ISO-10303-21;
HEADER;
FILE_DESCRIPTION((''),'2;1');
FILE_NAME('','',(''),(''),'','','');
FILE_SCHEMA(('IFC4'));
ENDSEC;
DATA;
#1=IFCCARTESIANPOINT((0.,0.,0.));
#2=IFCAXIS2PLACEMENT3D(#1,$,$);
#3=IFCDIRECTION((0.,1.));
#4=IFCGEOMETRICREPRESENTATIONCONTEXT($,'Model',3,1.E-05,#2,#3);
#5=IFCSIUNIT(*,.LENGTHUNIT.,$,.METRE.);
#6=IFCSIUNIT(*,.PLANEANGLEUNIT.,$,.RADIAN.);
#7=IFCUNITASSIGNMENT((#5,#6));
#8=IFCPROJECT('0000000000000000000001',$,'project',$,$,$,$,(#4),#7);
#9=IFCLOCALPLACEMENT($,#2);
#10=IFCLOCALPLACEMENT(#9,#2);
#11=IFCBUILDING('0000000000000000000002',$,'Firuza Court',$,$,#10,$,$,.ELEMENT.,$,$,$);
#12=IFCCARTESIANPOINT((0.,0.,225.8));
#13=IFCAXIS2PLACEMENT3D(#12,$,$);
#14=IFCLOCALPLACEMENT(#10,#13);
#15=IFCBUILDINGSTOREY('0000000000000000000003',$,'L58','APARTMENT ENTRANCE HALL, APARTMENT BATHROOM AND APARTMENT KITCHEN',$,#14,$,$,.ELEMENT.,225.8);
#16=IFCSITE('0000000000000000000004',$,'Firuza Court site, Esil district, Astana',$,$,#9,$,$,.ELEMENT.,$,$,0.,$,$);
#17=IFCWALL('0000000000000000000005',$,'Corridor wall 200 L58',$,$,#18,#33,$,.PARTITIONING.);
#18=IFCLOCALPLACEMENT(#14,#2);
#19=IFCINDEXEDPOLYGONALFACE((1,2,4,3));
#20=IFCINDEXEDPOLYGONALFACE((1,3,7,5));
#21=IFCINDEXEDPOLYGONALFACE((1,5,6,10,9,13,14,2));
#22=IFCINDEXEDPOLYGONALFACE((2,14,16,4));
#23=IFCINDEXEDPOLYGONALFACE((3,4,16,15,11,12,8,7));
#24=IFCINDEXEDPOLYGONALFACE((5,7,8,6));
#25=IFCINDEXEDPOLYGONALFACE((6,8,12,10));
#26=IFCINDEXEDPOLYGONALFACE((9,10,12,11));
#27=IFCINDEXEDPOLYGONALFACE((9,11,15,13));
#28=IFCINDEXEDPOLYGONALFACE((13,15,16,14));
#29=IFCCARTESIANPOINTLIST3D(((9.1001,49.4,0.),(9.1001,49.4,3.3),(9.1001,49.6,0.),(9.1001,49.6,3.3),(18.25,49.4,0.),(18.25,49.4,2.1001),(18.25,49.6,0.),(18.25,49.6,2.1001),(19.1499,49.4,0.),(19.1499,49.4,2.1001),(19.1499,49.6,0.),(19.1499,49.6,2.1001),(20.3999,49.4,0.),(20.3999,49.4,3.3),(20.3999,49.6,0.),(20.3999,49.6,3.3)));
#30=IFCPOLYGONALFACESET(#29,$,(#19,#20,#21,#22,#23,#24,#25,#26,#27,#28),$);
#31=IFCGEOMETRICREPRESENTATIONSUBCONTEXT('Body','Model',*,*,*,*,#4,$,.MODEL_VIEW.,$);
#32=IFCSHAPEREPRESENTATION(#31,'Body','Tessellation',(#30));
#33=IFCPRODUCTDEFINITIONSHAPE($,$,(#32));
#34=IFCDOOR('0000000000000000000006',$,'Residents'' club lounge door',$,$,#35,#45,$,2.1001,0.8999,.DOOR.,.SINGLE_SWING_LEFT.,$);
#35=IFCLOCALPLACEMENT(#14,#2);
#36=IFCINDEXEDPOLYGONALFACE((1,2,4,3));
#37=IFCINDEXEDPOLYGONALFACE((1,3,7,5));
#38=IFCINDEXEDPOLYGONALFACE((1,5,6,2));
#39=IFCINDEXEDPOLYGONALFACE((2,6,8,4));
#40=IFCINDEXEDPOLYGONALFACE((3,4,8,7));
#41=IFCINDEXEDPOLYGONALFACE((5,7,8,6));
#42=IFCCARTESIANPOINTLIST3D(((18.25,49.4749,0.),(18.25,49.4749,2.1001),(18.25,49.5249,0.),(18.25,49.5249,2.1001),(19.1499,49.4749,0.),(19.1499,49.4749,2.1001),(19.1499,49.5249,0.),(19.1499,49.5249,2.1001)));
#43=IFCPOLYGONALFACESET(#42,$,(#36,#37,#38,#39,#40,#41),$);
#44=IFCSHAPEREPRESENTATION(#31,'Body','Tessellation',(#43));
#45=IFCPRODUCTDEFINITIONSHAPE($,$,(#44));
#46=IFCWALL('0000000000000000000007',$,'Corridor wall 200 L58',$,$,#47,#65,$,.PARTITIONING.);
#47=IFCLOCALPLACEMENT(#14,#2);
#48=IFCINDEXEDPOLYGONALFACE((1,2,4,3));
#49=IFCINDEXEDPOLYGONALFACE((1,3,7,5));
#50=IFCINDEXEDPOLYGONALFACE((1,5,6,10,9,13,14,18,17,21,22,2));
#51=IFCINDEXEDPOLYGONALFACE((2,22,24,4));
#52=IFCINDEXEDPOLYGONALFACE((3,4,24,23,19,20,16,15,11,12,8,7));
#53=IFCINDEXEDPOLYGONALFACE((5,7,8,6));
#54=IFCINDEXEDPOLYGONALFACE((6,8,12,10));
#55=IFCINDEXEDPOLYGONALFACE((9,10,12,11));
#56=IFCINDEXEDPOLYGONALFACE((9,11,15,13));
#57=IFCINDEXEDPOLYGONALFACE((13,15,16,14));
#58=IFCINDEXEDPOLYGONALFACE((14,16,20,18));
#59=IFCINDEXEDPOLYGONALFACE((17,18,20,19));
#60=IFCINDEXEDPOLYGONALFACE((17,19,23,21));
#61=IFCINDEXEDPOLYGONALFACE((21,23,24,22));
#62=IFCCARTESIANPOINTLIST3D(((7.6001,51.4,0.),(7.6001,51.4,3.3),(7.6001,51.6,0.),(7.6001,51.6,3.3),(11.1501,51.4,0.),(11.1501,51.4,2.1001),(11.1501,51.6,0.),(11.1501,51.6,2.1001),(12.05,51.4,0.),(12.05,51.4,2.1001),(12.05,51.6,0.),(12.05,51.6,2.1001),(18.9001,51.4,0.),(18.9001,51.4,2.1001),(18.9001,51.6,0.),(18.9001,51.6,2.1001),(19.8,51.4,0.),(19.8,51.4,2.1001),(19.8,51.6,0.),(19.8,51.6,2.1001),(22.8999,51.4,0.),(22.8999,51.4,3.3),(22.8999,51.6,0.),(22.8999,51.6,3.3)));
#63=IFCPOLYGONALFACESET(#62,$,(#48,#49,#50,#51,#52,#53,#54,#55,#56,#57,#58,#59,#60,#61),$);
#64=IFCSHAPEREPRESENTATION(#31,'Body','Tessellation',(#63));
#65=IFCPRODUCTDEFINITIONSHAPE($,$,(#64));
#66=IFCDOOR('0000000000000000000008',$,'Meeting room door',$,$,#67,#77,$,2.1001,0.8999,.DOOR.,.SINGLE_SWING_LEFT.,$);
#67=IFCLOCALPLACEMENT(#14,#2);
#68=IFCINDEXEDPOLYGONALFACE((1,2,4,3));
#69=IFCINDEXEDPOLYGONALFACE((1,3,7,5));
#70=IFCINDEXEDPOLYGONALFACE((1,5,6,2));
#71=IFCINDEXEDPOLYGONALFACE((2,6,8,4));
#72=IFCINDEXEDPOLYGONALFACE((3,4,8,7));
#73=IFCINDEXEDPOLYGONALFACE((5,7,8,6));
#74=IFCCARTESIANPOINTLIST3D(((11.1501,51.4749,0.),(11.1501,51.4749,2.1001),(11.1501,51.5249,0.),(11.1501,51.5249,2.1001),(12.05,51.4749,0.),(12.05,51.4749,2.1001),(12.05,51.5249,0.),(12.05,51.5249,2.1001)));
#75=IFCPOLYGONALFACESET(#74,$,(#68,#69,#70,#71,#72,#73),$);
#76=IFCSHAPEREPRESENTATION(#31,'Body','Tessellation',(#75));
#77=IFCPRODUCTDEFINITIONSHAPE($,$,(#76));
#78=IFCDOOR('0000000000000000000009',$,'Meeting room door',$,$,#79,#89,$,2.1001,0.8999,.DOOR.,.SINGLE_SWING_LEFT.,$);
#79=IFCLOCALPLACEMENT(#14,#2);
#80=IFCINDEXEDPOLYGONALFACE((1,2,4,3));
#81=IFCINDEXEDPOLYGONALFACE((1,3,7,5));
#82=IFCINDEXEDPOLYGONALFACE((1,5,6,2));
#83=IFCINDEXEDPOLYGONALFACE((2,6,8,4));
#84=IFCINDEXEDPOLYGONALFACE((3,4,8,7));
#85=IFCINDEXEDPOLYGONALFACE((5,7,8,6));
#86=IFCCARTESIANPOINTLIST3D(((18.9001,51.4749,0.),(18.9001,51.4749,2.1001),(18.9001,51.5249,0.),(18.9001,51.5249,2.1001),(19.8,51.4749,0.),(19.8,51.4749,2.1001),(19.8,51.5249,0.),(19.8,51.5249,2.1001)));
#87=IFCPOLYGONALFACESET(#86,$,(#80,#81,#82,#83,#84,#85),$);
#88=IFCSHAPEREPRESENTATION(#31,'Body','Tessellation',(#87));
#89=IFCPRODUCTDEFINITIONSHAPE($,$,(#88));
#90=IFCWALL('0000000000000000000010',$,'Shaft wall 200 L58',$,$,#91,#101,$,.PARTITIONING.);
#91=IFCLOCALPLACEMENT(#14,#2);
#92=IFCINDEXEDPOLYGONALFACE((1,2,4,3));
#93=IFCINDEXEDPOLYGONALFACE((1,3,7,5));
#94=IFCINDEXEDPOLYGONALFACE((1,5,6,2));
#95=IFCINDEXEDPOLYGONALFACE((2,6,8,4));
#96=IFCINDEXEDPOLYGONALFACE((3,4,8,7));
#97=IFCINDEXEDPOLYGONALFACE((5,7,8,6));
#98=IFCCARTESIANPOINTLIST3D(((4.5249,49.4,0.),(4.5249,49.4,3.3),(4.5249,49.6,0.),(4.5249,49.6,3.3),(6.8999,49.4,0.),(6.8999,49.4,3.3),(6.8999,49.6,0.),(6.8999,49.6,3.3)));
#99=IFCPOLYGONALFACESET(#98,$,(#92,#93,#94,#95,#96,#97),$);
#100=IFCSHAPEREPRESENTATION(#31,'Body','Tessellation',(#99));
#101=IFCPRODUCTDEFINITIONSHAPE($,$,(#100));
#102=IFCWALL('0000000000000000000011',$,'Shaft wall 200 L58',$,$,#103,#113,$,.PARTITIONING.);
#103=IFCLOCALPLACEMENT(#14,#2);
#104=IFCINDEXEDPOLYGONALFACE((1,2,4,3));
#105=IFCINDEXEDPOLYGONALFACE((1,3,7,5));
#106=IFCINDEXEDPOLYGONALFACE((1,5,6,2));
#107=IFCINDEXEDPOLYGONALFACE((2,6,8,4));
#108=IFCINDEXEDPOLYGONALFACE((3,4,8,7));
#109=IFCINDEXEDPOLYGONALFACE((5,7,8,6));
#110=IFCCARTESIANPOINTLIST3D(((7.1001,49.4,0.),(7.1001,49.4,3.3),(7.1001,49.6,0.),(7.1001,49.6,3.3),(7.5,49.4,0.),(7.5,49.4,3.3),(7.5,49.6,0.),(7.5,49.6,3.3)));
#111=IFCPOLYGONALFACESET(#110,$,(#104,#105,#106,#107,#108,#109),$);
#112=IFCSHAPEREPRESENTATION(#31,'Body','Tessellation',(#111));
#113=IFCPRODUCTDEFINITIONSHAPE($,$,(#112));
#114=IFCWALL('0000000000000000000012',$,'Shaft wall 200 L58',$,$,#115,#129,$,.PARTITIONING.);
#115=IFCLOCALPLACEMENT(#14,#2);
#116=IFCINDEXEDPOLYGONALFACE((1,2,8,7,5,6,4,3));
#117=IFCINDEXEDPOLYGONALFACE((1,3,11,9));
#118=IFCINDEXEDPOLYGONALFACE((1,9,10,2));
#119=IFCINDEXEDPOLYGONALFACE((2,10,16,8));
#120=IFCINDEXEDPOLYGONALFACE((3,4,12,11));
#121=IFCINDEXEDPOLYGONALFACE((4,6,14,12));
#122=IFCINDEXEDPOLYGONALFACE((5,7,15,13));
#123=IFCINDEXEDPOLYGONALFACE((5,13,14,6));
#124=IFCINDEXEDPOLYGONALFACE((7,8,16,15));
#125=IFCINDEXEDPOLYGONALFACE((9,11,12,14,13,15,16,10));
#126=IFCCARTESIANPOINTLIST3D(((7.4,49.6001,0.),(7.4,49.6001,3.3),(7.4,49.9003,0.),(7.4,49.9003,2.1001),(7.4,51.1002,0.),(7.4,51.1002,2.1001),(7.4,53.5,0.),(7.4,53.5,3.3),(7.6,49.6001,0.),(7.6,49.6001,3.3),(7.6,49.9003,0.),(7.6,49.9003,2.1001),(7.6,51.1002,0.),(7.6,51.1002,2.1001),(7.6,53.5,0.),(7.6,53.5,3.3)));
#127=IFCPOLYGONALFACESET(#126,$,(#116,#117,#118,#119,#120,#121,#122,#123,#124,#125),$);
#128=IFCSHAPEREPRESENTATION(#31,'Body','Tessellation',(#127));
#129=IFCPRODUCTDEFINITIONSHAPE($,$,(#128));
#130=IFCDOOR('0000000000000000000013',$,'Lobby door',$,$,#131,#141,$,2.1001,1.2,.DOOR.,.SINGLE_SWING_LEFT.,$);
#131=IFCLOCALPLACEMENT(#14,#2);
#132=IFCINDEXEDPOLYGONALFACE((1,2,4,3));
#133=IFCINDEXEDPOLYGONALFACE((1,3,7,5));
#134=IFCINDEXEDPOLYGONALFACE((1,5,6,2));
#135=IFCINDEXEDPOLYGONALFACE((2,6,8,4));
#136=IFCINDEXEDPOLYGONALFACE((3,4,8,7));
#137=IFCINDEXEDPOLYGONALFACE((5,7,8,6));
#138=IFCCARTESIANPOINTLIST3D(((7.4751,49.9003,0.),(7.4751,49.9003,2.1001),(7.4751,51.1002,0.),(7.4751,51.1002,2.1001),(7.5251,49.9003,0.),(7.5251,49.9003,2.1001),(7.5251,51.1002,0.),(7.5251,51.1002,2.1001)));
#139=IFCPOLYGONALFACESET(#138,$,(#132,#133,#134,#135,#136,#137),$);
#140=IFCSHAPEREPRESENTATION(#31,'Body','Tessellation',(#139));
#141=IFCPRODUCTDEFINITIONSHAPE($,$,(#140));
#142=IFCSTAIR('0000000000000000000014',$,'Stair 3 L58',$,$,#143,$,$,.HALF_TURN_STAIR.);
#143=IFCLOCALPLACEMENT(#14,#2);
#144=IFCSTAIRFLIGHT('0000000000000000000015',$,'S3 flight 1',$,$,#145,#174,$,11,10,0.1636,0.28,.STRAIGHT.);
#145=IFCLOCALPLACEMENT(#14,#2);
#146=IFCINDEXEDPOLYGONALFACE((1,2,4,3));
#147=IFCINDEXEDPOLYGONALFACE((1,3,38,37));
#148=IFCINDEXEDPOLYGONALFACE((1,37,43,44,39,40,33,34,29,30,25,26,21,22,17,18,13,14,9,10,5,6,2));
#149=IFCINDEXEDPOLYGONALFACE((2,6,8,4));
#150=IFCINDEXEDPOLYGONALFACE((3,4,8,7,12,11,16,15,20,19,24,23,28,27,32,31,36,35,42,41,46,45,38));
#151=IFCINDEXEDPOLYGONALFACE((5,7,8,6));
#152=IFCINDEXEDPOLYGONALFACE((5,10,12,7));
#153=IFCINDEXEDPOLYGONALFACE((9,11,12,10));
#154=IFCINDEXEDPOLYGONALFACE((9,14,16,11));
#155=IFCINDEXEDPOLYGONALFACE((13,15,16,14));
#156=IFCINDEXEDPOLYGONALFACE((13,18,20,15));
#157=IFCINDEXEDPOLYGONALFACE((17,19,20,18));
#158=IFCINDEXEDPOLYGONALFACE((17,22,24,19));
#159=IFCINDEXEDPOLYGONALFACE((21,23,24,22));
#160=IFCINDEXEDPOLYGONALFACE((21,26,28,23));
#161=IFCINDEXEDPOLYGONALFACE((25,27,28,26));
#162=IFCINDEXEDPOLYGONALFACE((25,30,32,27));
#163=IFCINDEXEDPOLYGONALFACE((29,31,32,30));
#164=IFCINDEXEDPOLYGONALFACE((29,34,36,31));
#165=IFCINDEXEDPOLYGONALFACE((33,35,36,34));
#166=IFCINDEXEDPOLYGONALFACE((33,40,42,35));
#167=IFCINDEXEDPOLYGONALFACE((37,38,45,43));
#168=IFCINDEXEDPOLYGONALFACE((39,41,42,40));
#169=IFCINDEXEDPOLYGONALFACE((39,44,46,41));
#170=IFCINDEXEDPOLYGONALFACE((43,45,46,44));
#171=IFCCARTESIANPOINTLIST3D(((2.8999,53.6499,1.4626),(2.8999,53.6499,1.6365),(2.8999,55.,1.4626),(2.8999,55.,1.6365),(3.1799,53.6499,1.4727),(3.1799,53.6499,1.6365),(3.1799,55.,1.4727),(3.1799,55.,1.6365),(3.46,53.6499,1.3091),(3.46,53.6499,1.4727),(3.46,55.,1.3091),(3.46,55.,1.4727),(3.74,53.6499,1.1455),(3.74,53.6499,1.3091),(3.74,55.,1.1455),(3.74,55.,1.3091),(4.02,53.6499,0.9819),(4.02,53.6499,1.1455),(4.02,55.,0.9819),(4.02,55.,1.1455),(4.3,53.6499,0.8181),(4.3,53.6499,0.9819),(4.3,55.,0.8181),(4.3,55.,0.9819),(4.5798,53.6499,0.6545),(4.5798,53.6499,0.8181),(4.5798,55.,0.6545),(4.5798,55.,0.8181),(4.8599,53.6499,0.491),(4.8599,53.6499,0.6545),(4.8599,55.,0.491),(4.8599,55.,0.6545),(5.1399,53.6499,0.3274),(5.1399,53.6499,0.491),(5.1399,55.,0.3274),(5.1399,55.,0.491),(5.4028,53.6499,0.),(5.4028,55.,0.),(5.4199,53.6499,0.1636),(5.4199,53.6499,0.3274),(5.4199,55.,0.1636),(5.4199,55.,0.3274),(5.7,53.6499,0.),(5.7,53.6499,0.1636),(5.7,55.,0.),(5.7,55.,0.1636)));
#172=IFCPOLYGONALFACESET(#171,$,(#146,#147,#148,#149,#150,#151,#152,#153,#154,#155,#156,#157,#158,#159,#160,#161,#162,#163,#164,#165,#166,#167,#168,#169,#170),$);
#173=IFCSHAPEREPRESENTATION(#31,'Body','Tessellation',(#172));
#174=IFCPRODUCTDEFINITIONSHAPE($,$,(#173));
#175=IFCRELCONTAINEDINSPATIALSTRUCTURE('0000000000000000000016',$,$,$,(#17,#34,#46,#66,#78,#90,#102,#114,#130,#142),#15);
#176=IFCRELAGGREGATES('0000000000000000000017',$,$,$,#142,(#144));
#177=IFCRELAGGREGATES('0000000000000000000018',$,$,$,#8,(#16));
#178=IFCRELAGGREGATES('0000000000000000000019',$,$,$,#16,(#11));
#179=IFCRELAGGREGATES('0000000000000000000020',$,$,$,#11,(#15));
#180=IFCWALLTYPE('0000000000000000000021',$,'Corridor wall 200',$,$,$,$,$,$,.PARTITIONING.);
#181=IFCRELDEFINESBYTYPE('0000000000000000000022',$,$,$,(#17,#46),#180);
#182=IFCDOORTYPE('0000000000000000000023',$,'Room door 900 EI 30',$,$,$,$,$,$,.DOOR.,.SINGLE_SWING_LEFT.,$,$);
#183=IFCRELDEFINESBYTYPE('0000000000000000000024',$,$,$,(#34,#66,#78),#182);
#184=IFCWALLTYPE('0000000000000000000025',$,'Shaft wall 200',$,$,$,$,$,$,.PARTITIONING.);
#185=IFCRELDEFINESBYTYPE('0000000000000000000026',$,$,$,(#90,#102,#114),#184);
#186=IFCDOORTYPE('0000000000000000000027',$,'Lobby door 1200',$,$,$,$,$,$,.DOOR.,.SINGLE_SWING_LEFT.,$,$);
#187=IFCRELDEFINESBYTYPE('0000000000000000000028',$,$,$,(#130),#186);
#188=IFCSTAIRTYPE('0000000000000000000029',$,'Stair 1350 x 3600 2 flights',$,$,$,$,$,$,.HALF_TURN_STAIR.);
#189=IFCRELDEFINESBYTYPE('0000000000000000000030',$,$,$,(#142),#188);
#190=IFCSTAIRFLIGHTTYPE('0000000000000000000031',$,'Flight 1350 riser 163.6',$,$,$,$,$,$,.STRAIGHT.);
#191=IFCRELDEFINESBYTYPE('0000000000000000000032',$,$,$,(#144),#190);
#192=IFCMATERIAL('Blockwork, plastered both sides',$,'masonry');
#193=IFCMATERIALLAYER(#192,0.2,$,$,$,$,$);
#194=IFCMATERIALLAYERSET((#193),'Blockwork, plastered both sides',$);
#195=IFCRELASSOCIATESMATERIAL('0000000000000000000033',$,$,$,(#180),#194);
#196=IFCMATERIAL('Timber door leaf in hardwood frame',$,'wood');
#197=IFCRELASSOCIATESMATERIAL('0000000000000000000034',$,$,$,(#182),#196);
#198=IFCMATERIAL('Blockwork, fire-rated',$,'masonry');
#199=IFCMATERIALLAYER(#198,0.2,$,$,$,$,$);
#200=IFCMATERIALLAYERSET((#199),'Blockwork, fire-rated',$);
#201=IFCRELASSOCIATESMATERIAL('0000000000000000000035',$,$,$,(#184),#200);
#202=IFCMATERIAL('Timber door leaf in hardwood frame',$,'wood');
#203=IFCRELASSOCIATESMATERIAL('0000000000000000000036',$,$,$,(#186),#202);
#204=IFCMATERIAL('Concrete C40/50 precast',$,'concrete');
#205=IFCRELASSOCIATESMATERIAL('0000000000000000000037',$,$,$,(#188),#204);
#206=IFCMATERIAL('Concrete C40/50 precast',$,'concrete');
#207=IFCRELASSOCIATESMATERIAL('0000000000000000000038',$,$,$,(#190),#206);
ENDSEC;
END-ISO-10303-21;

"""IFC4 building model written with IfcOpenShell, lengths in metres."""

from ifc_helpers import new_model, si_unit, direction, frame, frame_2d, origin, place, context, subcontext, project, spatial, polyline, rectangle, outline, extrude, material, layer, layer_set, type_object, element, fill, aggregate, save


model = new_model("IFC4")

# Units and contexts
model_context = context("Model", 3, precision=1e-05, world=origin(), true_north=direction((0.0, 1.0)))
body_context = subcontext(model_context, "Body", "Model", "MODEL_VIEW")
ifc_project = project(units=[si_unit("LENGTHUNIT", "METRE"), si_unit("PLANEANGLEUNIT", "RADIAN")], contexts=[model_context])

# Site, building, storey
site_placement = place(None, origin())
site = spatial("IfcSite", under=ifc_project, at=site_placement, Name="Firuza Court site, Esil district, Astana", CompositionType="ELEMENT", RefElevation=0.0)
building_placement = place(site_placement, origin())
building = spatial("IfcBuilding", under=site, at=building_placement, Name="Firuza Court", CompositionType="ELEMENT")
storey_placement = place(building_placement, frame((0.0, 0.0, 225.8)))
storey = spatial("IfcBuildingStorey", under=building, at=storey_placement, Name="L58", Description="APARTMENT ENTRANCE HALL, APARTMENT BATHROOM AND APARTMENT KITCHEN", CompositionType="ELEMENT", Elevation=225.8)

# Wall, opening, door
ifc_material_1 = material(Name="Blockwork, plastered both sides", Category="masonry")
ifc_layer_1 = layer(ifc_material_1, 0.2)
ifc_layer_set_1 = layer_set([ifc_layer_1], Name="Blockwork, plastered both sides")
wall_type_1 = type_object("IfcWallType", Name="Corridor wall 200", PredefinedType="PARTITIONING", material=ifc_layer_set_1)
wall_1_placement = place(storey_placement, frame((9.1001, 49.5, 0.0), z_axis=(0.0, 0.0, 1.0), x_axis=(1.0, 0.0, 0.0)))
wall_1 = element("IfcWall", 1, at=wall_1_placement, inside=storey, type_object=wall_type_1, Name="Corridor wall 200 L58", PredefinedType="PARTITIONING", context=body_context, shape_type="SweptSolid", body=[
    extrude(rectangle(XDim=11.2998, YDim=0.2, at=frame_2d((5.6499, 0.0))), origin(), (0.0, 0.0, 1.0), 3.3),
])
opening_1_placement = place(wall_1_placement, frame((9.1499, 0.0, 0.0)))
opening_1 = element("IfcOpeningElement", 2, at=opening_1_placement, cuts=wall_1, PredefinedType="OPENING", context=body_context, shape_type="SweptSolid", body=[
    extrude(rectangle(XDim=0.8999, YDim=2.1001, at=frame_2d((0.45, 1.05))), frame((0.0, 0.1118, 0.0), z_axis=(0.0, -1.0, 0.0), x_axis=(1.0, 0.0, 0.0)), (0.0, 0.0, 1.0), 0.2239),
])
ifc_material_2 = material(Name="Timber door leaf in hardwood frame", Category="wood")
door_type_1 = type_object("IfcDoorType", Name="Room door 900 EI 30", OperationType="SINGLE_SWING_LEFT", PredefinedType="DOOR", material=ifc_material_2)
door_1_placement = place(opening_1_placement, origin())
door_1 = element("IfcDoor", 3, at=door_1_placement, inside=storey, type_object=door_type_1, Name="Residents' club lounge door", OperationType="SINGLE_SWING_LEFT", OverallHeight=2.1001, OverallWidth=0.8999, PredefinedType="DOOR", context=body_context, shape_type="SweptSolid", body=[
    extrude(rectangle(XDim=0.8999, YDim=2.1001, at=frame_2d((0.45, 1.05))), frame((0.0, 0.0249, 0.0), z_axis=(0.0, -1.0, 0.0), x_axis=(1.0, 0.0, 0.0)), (0.0, 0.0, 1.0), 0.05),
])
fill(opening_1, door_1)

# Wall, openings, doors
wall_2_placement = place(storey_placement, frame((7.6001, 51.5, 0.0), z_axis=(0.0, 0.0, 1.0), x_axis=(1.0, 0.0, 0.0)))
wall_2 = element("IfcWall", 4, at=wall_2_placement, inside=storey, type_object=wall_type_1, Name="Corridor wall 200 L58", PredefinedType="PARTITIONING", context=body_context, shape_type="SweptSolid", body=[
    extrude(rectangle(XDim=15.2998, YDim=0.2, at=frame_2d((7.6499, 0.0))), origin(), (0.0, 0.0, 1.0), 3.3),
])
opening_2_placement = place(wall_2_placement, frame((3.55, 0.0, 0.0)))
opening_2 = element("IfcOpeningElement", 5, at=opening_2_placement, cuts=wall_2, PredefinedType="OPENING", context=body_context, shape_type="SweptSolid", body=[
    extrude(rectangle(XDim=0.8999, YDim=2.1001, at=frame_2d((0.45, 1.05))), frame((0.0, 0.1118, 0.0), z_axis=(0.0, -1.0, 0.0), x_axis=(1.0, 0.0, 0.0)), (0.0, 0.0, 1.0), 0.2239),
])
opening_3_placement = place(wall_2_placement, frame((11.3, 0.0, 0.0)))
opening_3 = element("IfcOpeningElement", 6, at=opening_3_placement, cuts=wall_2, PredefinedType="OPENING", context=body_context, shape_type="SweptSolid", body=[
    extrude(rectangle(XDim=0.8999, YDim=2.1001, at=frame_2d((0.45, 1.05))), frame((0.0, 0.1118, 0.0), z_axis=(0.0, -1.0, 0.0), x_axis=(1.0, 0.0, 0.0)), (0.0, 0.0, 1.0), 0.2239),
])
door_2_placement = place(opening_2_placement, origin())
door_2 = element("IfcDoor", 7, at=door_2_placement, inside=storey, type_object=door_type_1, Name="Meeting room door", OperationType="SINGLE_SWING_LEFT", OverallHeight=2.1001, OverallWidth=0.8999, PredefinedType="DOOR", context=body_context, shape_type="SweptSolid", body=[
    extrude(rectangle(XDim=0.8999, YDim=2.1001, at=frame_2d((0.45, 1.05))), frame((0.0, 0.0249, 0.0), z_axis=(0.0, -1.0, 0.0), x_axis=(1.0, 0.0, 0.0)), (0.0, 0.0, 1.0), 0.05),
])
fill(opening_2, door_2)
door_3_placement = place(opening_3_placement, origin())
door_3 = element("IfcDoor", 8, at=door_3_placement, inside=storey, type_object=door_type_1, Name="Meeting room door", OperationType="SINGLE_SWING_LEFT", OverallHeight=2.1001, OverallWidth=0.8999, PredefinedType="DOOR", context=body_context, shape_type="SweptSolid", body=[
    extrude(rectangle(XDim=0.8999, YDim=2.1001, at=frame_2d((0.45, 1.05))), frame((0.0, 0.0249, 0.0), z_axis=(0.0, -1.0, 0.0), x_axis=(1.0, 0.0, 0.0)), (0.0, 0.0, 1.0), 0.05),
])
fill(opening_3, door_3)

# Walls
ifc_material_3 = material(Name="Blockwork, fire-rated", Category="masonry")
ifc_layer_2 = layer(ifc_material_3, 0.2)
ifc_layer_set_2 = layer_set([ifc_layer_2], Name="Blockwork, fire-rated")
wall_type_2 = type_object("IfcWallType", Name="Shaft wall 200", PredefinedType="PARTITIONING", material=ifc_layer_set_2)
wall_3_placement = place(storey_placement, frame((4.5249, 49.5, 0.0), z_axis=(0.0, 0.0, 1.0), x_axis=(1.0, 0.0, 0.0)))
element("IfcWall", 9, at=wall_3_placement, inside=storey, type_object=wall_type_2, Name="Shaft wall 200 L58", PredefinedType="PARTITIONING", context=body_context, shape_type="SweptSolid", body=[
    extrude(rectangle(XDim=2.375, YDim=0.2, at=frame_2d((1.1875, 0.0))), origin(), (0.0, 0.0, 1.0), 3.3),
])
wall_4_placement = place(storey_placement, frame((7.1001, 49.5, 0.0), z_axis=(0.0, 0.0, 1.0), x_axis=(1.0, 0.0, 0.0)))
element("IfcWall", 10, at=wall_4_placement, inside=storey, type_object=wall_type_2, Name="Shaft wall 200 L58", PredefinedType="PARTITIONING", context=body_context, shape_type="SweptSolid", body=[
    extrude(rectangle(XDim=0.3999, YDim=0.2, at=frame_2d((0.2, 0.0))), origin(), (0.0, 0.0, 1.0), 3.3),
])

# Wall, opening, door
wall_5_placement = place(storey_placement, frame((7.5, 49.6001, 0.0), z_axis=(0.0, 0.0, 1.0), x_axis=(0.0, 1.0, 0.0)))
wall_5 = element("IfcWall", 11, at=wall_5_placement, inside=storey, type_object=wall_type_2, Name="Shaft wall 200 L58", PredefinedType="PARTITIONING", context=body_context, shape_type="SweptSolid", body=[
    extrude(rectangle(XDim=3.8999, YDim=0.2, at=frame_2d((1.95, 0.0))), origin(), (0.0, 0.0, 1.0), 3.3),
])
opening_4_placement = place(wall_5_placement, frame((0.3, 0.0, 0.0)))
opening_4 = element("IfcOpeningElement", 12, at=opening_4_placement, cuts=wall_5, PredefinedType="OPENING", context=body_context, shape_type="SweptSolid", body=[
    extrude(rectangle(XDim=1.2, YDim=2.1001, at=frame_2d((0.6001, 1.05))), frame((0.0, 0.1118, 0.0), z_axis=(0.0, -1.0, 0.0), x_axis=(1.0, 0.0, 0.0)), (0.0, 0.0, 1.0), 0.2239),
])
ifc_material_4 = material(Name="Timber door leaf in hardwood frame", Category="wood")
door_type_2 = type_object("IfcDoorType", Name="Lobby door 1200", OperationType="SINGLE_SWING_LEFT", PredefinedType="DOOR", material=ifc_material_4)
door_4_placement = place(opening_4_placement, origin())
door_4 = element("IfcDoor", 13, at=door_4_placement, inside=storey, type_object=door_type_2, Name="Lobby door", OperationType="SINGLE_SWING_LEFT", OverallHeight=2.1001, OverallWidth=1.2, PredefinedType="DOOR", context=body_context, shape_type="SweptSolid", body=[
    extrude(rectangle(XDim=1.2, YDim=2.1001, at=frame_2d((0.6001, 1.05))), frame((0.0, 0.0249, 0.0), z_axis=(0.0, -1.0, 0.0), x_axis=(1.0, 0.0, 0.0)), (0.0, 0.0, 1.0), 0.05),
])
fill(opening_4, door_4)

# Stair, stair flight
ifc_material_5 = material(Name="Concrete C40/50 precast", Category="concrete")
stair_type = type_object("IfcStairType", Name="Stair 1350 x 3600 2 flights", PredefinedType="HALF_TURN_STAIR", material=ifc_material_5)
stair_placement = place(storey_placement, origin())
stair = element("IfcStair", 14, at=stair_placement, inside=storey, type_object=stair_type, Name="Stair 3 L58", PredefinedType="HALF_TURN_STAIR")
ifc_material_6 = material(Name="Concrete C40/50 precast", Category="concrete")
stair_flight_type = type_object("IfcStairFlightType", Name="Flight 1350 riser 163.6", PredefinedType="STRAIGHT", material=ifc_material_6)
stair_flight_placement = place(storey_placement, frame((5.7, 54.325, 0.0), z_axis=(0.0, 0.0, 1.0), x_axis=(-1.0, 0.0, 0.0)))
stair_flight = element("IfcStairFlight", 15, at=stair_flight_placement, type_object=stair_flight_type, Name="S3 flight 1", NumberOfRisers=11, NumberOfTreads=10, PredefinedType="STRAIGHT", RiserHeight=0.1636, TreadLength=0.28, context=body_context, shape_type="SweptSolid", body=[
    extrude(outline(polyline([(0.0, 0.0), (0.0, 0.1636), (0.28, 0.1636), (0.28, 0.3274), (0.5601, 0.3274), (0.5601, 0.491), (0.8401, 0.491), (0.8401, 0.6545), (1.1201, 0.6545), (1.1201, 0.8181), (1.3999, 0.8181), (1.3999, 0.9819), (1.6799, 0.9819), (1.6799, 1.1455), (1.96, 1.1455), (1.96, 1.3091), (2.24, 1.3091), (2.24, 1.4727), (2.52, 1.4727), (2.52, 1.6365), (2.8, 1.6365), (2.8, 1.8), (2.8, 1.4626), (0.2971, 0.0), (0.0, 0.0)])), frame((0.0, 0.675, 0.0), z_axis=(0.0, -1.0, 0.0), x_axis=(1.0, 0.0, 0.0)), (0.0, 0.0, 1.0), 1.3501),
])
aggregate(stair, [stair_flight])

save(model, "model.ifc")
